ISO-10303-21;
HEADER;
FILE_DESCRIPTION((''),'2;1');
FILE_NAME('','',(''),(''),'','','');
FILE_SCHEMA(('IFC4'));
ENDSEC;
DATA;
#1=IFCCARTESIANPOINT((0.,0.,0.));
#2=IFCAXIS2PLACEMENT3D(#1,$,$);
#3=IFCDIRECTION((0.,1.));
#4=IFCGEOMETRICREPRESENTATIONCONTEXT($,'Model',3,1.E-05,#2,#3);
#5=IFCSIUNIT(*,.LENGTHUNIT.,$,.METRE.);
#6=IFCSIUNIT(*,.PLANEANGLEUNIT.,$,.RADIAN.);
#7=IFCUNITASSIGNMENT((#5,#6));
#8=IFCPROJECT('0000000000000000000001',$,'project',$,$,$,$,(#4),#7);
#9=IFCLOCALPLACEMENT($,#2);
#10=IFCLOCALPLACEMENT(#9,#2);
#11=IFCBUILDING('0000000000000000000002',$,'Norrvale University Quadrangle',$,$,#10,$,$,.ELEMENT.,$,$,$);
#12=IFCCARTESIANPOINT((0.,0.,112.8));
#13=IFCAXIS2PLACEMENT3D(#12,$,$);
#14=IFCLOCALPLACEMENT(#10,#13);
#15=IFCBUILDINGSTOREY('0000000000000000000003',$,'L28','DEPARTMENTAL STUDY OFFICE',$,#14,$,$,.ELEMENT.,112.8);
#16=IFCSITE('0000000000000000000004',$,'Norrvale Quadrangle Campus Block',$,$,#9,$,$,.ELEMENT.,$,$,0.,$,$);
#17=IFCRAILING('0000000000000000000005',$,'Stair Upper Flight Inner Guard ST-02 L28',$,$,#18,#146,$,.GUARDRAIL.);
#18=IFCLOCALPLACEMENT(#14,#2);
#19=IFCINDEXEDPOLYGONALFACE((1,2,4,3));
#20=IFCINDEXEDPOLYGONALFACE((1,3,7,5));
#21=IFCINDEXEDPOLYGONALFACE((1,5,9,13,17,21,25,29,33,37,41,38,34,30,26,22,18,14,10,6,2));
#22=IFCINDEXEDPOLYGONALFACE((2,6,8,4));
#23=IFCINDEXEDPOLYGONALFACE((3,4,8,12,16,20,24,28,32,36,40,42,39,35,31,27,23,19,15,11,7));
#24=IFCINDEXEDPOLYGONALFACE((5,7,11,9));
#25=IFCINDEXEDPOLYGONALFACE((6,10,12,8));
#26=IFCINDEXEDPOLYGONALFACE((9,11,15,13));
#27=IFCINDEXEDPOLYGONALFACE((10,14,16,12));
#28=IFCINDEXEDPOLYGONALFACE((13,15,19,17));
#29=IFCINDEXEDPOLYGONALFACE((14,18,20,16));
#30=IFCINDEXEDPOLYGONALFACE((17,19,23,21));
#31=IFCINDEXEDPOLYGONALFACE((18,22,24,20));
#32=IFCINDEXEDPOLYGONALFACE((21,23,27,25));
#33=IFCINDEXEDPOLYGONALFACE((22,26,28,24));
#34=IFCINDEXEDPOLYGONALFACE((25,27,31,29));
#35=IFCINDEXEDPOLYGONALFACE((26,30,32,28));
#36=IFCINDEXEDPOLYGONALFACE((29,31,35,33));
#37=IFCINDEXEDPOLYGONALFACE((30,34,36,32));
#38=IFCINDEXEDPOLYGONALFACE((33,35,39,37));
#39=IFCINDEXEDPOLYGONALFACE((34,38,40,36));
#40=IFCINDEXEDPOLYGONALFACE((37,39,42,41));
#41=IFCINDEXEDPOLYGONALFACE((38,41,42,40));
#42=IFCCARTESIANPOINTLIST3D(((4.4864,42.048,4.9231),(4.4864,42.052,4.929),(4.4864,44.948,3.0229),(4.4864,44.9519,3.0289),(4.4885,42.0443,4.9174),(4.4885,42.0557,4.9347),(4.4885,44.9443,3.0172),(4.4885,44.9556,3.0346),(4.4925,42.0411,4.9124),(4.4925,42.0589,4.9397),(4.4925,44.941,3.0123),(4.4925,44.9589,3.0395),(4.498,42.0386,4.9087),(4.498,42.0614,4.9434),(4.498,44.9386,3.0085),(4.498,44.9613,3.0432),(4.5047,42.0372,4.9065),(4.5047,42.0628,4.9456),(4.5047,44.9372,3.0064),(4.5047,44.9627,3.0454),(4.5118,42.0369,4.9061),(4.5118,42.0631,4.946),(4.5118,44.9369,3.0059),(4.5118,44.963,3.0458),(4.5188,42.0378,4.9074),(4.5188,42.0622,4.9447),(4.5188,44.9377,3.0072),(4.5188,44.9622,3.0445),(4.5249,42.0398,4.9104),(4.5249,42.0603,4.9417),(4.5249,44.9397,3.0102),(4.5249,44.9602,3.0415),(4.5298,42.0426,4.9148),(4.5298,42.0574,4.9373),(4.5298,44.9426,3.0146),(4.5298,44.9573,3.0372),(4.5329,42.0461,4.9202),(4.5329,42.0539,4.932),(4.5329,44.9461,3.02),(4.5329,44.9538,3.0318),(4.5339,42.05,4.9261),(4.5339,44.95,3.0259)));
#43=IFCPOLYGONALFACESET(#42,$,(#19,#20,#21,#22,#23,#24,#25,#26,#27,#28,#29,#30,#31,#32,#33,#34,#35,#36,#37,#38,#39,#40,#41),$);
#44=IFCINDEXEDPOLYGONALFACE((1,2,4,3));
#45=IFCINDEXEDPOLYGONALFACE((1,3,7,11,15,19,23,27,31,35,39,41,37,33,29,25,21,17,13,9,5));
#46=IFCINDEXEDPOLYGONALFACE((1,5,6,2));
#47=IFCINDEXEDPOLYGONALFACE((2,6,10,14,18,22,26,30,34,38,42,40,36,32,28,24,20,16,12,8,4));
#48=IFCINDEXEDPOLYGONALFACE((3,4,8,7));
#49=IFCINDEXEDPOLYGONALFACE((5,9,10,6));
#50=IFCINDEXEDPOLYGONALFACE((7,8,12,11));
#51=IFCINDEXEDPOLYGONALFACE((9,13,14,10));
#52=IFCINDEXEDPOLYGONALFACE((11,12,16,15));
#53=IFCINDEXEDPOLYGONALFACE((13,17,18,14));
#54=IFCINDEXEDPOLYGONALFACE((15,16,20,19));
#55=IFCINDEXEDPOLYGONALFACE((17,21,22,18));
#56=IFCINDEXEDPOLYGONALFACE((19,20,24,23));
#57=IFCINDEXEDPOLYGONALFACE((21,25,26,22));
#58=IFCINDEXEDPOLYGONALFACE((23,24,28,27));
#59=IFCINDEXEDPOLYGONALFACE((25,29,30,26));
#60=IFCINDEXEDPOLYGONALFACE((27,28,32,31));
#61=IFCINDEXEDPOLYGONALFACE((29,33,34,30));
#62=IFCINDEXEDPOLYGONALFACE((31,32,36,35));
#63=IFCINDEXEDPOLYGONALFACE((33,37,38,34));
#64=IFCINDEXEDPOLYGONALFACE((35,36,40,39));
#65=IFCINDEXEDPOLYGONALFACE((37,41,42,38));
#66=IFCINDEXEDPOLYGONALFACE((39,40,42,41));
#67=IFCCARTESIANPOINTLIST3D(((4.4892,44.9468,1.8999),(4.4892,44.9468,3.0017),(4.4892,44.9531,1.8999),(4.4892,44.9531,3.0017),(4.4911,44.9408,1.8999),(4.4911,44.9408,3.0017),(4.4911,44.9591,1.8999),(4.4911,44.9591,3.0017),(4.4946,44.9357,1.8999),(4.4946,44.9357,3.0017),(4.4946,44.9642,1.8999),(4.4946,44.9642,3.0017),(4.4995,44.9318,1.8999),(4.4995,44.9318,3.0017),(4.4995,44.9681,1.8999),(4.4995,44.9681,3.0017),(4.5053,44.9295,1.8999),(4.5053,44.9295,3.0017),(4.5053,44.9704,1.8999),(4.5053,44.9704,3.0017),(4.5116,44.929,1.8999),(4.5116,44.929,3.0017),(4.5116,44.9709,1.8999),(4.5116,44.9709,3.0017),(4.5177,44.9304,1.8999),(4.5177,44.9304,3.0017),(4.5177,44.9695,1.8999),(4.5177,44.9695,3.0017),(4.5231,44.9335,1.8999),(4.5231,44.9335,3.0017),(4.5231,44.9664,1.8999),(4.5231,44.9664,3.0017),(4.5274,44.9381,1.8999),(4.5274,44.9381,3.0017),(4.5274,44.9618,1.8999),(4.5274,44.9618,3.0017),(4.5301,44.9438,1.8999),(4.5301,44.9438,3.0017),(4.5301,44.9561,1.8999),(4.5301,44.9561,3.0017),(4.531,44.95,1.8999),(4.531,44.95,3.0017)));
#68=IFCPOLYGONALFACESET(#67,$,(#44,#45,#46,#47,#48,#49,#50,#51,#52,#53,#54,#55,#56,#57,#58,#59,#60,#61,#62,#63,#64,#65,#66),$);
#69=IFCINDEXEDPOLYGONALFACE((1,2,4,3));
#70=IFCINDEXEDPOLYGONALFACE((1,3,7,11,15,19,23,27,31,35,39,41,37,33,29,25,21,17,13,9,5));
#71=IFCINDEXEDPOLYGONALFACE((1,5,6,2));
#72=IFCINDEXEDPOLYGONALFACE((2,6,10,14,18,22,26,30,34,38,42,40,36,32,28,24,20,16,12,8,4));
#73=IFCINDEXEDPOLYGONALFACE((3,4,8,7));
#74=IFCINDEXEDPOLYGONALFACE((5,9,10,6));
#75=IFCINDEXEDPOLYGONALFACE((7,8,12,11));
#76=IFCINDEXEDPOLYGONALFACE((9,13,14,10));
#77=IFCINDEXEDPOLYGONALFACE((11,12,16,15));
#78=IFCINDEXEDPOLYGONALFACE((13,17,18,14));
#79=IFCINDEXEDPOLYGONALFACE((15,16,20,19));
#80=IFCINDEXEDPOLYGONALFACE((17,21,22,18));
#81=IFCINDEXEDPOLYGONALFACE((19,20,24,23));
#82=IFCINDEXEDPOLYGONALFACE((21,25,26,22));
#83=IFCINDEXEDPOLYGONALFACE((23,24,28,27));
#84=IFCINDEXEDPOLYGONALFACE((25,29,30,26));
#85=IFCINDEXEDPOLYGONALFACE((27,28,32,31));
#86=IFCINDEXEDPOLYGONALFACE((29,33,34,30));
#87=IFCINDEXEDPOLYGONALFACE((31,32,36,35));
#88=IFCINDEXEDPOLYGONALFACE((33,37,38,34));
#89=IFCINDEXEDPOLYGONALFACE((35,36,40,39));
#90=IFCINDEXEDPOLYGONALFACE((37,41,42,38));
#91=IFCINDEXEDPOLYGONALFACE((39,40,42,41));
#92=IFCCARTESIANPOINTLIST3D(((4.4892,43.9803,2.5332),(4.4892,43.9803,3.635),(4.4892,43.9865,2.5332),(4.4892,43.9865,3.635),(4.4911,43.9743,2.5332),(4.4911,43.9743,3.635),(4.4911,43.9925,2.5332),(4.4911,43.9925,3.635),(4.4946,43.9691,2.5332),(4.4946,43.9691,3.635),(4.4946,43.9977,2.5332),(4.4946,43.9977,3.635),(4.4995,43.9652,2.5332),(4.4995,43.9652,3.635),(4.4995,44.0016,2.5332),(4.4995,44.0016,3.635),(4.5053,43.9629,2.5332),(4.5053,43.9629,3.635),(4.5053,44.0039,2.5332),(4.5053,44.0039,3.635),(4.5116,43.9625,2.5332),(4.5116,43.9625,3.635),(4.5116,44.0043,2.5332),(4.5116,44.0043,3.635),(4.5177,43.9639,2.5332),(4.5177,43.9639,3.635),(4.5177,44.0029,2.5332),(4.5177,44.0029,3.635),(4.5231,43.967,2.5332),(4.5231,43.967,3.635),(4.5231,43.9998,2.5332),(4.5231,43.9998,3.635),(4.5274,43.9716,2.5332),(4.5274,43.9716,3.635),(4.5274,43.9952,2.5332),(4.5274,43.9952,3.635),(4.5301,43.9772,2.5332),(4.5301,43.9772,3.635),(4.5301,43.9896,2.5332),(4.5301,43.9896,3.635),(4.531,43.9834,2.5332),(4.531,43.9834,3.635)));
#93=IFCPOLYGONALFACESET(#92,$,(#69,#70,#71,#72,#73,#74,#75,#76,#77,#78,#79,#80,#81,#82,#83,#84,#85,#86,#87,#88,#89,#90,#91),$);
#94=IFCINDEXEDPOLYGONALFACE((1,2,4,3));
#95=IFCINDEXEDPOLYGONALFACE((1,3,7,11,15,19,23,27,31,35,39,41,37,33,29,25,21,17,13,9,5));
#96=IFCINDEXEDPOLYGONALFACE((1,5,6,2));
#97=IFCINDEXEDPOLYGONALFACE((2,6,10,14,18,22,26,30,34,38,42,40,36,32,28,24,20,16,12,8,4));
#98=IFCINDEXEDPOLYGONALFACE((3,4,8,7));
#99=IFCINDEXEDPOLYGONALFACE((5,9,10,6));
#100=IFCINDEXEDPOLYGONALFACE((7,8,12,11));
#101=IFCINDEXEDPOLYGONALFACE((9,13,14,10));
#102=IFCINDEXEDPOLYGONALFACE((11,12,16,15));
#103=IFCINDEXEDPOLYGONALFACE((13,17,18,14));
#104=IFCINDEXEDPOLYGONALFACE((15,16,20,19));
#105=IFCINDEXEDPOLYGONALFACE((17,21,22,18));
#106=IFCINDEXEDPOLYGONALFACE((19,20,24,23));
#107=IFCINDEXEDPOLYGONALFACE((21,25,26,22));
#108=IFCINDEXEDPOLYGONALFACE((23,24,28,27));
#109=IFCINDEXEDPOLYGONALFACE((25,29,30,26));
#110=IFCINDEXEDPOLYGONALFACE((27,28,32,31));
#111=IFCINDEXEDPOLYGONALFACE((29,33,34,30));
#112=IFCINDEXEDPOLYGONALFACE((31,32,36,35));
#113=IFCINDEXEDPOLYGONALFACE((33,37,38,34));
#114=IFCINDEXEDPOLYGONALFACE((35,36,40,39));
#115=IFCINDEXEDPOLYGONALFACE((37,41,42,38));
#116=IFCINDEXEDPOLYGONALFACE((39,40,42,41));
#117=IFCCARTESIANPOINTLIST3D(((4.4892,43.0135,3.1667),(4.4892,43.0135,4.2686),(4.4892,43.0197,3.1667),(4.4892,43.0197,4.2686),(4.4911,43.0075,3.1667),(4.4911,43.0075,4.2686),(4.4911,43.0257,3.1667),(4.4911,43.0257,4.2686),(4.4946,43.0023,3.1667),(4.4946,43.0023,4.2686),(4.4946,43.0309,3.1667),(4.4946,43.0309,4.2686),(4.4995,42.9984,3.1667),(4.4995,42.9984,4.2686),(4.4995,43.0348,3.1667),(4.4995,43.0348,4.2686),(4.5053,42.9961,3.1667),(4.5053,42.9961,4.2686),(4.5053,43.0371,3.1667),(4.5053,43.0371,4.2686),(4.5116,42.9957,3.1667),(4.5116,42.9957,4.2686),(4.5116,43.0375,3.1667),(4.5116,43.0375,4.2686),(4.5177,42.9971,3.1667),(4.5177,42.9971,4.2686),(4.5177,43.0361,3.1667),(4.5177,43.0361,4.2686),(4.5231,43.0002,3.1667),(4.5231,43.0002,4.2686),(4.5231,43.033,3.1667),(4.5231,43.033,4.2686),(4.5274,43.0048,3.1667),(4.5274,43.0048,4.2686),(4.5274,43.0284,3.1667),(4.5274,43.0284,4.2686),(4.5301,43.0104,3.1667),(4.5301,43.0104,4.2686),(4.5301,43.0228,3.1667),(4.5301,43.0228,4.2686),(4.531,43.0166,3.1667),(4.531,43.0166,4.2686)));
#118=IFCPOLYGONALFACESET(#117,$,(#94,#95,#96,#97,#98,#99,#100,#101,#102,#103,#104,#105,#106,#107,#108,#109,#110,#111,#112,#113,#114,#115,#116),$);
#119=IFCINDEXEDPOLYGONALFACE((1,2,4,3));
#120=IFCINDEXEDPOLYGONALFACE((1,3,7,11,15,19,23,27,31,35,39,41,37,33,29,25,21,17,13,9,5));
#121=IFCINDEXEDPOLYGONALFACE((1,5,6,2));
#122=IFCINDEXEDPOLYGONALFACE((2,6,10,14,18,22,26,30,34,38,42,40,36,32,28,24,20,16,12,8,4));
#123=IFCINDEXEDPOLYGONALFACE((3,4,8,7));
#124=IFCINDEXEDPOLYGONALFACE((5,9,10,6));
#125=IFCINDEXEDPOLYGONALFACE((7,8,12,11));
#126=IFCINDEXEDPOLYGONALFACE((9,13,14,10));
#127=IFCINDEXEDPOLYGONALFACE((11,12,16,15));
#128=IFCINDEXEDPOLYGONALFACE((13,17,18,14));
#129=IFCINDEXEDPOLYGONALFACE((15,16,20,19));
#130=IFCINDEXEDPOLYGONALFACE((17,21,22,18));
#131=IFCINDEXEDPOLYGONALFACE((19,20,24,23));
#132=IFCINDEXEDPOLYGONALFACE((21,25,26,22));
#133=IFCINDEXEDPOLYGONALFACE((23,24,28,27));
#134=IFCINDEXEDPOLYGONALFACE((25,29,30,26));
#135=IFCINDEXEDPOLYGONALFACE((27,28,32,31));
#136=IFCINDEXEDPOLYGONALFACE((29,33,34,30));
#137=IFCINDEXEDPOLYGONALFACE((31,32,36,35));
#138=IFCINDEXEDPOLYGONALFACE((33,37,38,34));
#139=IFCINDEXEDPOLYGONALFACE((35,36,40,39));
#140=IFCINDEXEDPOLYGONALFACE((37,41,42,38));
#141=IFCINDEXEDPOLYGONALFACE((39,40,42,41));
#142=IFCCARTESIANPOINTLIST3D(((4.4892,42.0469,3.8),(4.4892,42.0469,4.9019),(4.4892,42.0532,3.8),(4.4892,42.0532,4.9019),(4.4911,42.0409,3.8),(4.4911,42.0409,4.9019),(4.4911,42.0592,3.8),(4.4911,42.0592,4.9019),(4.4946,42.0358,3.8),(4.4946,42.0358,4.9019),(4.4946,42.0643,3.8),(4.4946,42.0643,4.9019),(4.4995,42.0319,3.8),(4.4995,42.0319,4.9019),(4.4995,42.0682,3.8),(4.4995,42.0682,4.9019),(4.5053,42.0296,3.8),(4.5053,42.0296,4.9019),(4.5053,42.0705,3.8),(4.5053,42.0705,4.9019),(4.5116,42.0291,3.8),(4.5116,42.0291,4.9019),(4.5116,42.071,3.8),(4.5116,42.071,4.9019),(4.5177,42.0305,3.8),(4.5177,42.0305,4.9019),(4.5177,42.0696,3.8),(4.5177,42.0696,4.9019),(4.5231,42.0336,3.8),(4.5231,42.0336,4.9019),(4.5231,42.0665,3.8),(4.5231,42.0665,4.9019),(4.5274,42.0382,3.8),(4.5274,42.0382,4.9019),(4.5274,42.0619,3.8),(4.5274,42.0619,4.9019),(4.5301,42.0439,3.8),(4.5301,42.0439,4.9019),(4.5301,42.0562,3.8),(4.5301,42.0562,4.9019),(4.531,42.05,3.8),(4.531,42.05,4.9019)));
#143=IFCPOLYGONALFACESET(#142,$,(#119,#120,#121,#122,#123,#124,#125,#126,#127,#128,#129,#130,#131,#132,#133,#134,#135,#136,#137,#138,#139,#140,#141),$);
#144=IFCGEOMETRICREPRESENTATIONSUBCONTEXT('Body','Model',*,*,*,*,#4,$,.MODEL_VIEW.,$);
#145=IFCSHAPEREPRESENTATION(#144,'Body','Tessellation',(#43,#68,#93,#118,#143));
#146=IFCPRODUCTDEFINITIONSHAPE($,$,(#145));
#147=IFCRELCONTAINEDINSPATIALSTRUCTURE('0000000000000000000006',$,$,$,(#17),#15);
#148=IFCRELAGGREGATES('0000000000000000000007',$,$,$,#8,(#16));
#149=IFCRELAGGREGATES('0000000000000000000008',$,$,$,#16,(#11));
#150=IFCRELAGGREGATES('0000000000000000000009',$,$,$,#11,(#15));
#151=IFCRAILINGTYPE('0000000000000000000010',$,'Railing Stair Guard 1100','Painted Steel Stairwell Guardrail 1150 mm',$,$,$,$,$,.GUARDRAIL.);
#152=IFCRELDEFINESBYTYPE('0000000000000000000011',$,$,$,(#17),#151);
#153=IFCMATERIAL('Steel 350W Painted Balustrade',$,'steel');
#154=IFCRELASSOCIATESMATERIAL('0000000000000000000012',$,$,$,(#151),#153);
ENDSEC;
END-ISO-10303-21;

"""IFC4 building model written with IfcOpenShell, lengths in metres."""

from ifc_helpers import new_model, si_unit, direction, frame, origin, origin_2d, place, context, subcontext, project, spatial, circle, extrude, material, type_object, element, save


model = new_model("IFC4")

# Units and contexts
model_context = context("Model", 3, precision=1e-05, world=origin(), true_north=direction((0.0, 1.0)))
body_context = subcontext(model_context, "Body", "Model", "MODEL_VIEW")
ifc_project = project(units=[si_unit("LENGTHUNIT", "METRE"), si_unit("PLANEANGLEUNIT", "RADIAN")], contexts=[model_context])

# Site, building, storey
site_placement = place(None, origin())
site = spatial("IfcSite", under=ifc_project, at=site_placement, Name="Norrvale Quadrangle Campus Block", CompositionType="ELEMENT", RefElevation=0.0)
building_placement = place(site_placement, origin())
building = spatial("IfcBuilding", under=site, at=building_placement, Name="Norrvale University Quadrangle", CompositionType="ELEMENT")
storey_placement = place(building_placement, frame((0.0, 0.0, 112.8)))
storey = spatial("IfcBuildingStorey", under=building, at=storey_placement, Name="L28", Description="DEPARTMENTAL STUDY OFFICE", CompositionType="ELEMENT", Elevation=112.8)

# Railing
ifc_material_1 = material(Name="Steel 350W Painted Balustrade", Category="steel")
railing_type_1 = type_object("IfcRailingType", Name="Railing Stair Guard 1100", Description="Painted Steel Stairwell Guardrail 1150 mm", PredefinedType="GUARDRAIL", material=ifc_material_1)
railing_1_placement = place(storey_placement, frame((4.51, 44.95, 1.8999)))
element("IfcRailing", 1, at=railing_1_placement, inside=storey, type_object=railing_type_1, Name="Stair Upper Flight Inner Guard ST-02 L28", PredefinedType="GUARDRAIL", context=body_context, shape_type="SweptSolid", body=[
    extrude(circle(Radius=0.0239, at=origin_2d()), frame((0.0, 0.0, 1.126), z_axis=(0.0, -0.836433, 0.548069), x_axis=(1.0, 0.0, 0.0)), (0.0, 0.0, 1.0), 3.467),
    extrude(circle(Radius=0.021, at=origin_2d()), origin(), (0.0, 0.0, 1.0), 1.1018),
    extrude(circle(Radius=0.021, at=origin_2d()), frame((0.0, -0.9666, 0.6333)), (0.0, 0.0, 1.0), 1.1018),
    extrude(circle(Radius=0.021, at=origin_2d()), frame((0.0, -1.9333, 1.2668)), (0.0, 0.0, 1.0), 1.1018),
    extrude(circle(Radius=0.021, at=origin_2d()), frame((0.0, -2.8999, 1.9001)), (0.0, 0.0, 1.0), 1.1018),
])

save(model, "model.ifc")
